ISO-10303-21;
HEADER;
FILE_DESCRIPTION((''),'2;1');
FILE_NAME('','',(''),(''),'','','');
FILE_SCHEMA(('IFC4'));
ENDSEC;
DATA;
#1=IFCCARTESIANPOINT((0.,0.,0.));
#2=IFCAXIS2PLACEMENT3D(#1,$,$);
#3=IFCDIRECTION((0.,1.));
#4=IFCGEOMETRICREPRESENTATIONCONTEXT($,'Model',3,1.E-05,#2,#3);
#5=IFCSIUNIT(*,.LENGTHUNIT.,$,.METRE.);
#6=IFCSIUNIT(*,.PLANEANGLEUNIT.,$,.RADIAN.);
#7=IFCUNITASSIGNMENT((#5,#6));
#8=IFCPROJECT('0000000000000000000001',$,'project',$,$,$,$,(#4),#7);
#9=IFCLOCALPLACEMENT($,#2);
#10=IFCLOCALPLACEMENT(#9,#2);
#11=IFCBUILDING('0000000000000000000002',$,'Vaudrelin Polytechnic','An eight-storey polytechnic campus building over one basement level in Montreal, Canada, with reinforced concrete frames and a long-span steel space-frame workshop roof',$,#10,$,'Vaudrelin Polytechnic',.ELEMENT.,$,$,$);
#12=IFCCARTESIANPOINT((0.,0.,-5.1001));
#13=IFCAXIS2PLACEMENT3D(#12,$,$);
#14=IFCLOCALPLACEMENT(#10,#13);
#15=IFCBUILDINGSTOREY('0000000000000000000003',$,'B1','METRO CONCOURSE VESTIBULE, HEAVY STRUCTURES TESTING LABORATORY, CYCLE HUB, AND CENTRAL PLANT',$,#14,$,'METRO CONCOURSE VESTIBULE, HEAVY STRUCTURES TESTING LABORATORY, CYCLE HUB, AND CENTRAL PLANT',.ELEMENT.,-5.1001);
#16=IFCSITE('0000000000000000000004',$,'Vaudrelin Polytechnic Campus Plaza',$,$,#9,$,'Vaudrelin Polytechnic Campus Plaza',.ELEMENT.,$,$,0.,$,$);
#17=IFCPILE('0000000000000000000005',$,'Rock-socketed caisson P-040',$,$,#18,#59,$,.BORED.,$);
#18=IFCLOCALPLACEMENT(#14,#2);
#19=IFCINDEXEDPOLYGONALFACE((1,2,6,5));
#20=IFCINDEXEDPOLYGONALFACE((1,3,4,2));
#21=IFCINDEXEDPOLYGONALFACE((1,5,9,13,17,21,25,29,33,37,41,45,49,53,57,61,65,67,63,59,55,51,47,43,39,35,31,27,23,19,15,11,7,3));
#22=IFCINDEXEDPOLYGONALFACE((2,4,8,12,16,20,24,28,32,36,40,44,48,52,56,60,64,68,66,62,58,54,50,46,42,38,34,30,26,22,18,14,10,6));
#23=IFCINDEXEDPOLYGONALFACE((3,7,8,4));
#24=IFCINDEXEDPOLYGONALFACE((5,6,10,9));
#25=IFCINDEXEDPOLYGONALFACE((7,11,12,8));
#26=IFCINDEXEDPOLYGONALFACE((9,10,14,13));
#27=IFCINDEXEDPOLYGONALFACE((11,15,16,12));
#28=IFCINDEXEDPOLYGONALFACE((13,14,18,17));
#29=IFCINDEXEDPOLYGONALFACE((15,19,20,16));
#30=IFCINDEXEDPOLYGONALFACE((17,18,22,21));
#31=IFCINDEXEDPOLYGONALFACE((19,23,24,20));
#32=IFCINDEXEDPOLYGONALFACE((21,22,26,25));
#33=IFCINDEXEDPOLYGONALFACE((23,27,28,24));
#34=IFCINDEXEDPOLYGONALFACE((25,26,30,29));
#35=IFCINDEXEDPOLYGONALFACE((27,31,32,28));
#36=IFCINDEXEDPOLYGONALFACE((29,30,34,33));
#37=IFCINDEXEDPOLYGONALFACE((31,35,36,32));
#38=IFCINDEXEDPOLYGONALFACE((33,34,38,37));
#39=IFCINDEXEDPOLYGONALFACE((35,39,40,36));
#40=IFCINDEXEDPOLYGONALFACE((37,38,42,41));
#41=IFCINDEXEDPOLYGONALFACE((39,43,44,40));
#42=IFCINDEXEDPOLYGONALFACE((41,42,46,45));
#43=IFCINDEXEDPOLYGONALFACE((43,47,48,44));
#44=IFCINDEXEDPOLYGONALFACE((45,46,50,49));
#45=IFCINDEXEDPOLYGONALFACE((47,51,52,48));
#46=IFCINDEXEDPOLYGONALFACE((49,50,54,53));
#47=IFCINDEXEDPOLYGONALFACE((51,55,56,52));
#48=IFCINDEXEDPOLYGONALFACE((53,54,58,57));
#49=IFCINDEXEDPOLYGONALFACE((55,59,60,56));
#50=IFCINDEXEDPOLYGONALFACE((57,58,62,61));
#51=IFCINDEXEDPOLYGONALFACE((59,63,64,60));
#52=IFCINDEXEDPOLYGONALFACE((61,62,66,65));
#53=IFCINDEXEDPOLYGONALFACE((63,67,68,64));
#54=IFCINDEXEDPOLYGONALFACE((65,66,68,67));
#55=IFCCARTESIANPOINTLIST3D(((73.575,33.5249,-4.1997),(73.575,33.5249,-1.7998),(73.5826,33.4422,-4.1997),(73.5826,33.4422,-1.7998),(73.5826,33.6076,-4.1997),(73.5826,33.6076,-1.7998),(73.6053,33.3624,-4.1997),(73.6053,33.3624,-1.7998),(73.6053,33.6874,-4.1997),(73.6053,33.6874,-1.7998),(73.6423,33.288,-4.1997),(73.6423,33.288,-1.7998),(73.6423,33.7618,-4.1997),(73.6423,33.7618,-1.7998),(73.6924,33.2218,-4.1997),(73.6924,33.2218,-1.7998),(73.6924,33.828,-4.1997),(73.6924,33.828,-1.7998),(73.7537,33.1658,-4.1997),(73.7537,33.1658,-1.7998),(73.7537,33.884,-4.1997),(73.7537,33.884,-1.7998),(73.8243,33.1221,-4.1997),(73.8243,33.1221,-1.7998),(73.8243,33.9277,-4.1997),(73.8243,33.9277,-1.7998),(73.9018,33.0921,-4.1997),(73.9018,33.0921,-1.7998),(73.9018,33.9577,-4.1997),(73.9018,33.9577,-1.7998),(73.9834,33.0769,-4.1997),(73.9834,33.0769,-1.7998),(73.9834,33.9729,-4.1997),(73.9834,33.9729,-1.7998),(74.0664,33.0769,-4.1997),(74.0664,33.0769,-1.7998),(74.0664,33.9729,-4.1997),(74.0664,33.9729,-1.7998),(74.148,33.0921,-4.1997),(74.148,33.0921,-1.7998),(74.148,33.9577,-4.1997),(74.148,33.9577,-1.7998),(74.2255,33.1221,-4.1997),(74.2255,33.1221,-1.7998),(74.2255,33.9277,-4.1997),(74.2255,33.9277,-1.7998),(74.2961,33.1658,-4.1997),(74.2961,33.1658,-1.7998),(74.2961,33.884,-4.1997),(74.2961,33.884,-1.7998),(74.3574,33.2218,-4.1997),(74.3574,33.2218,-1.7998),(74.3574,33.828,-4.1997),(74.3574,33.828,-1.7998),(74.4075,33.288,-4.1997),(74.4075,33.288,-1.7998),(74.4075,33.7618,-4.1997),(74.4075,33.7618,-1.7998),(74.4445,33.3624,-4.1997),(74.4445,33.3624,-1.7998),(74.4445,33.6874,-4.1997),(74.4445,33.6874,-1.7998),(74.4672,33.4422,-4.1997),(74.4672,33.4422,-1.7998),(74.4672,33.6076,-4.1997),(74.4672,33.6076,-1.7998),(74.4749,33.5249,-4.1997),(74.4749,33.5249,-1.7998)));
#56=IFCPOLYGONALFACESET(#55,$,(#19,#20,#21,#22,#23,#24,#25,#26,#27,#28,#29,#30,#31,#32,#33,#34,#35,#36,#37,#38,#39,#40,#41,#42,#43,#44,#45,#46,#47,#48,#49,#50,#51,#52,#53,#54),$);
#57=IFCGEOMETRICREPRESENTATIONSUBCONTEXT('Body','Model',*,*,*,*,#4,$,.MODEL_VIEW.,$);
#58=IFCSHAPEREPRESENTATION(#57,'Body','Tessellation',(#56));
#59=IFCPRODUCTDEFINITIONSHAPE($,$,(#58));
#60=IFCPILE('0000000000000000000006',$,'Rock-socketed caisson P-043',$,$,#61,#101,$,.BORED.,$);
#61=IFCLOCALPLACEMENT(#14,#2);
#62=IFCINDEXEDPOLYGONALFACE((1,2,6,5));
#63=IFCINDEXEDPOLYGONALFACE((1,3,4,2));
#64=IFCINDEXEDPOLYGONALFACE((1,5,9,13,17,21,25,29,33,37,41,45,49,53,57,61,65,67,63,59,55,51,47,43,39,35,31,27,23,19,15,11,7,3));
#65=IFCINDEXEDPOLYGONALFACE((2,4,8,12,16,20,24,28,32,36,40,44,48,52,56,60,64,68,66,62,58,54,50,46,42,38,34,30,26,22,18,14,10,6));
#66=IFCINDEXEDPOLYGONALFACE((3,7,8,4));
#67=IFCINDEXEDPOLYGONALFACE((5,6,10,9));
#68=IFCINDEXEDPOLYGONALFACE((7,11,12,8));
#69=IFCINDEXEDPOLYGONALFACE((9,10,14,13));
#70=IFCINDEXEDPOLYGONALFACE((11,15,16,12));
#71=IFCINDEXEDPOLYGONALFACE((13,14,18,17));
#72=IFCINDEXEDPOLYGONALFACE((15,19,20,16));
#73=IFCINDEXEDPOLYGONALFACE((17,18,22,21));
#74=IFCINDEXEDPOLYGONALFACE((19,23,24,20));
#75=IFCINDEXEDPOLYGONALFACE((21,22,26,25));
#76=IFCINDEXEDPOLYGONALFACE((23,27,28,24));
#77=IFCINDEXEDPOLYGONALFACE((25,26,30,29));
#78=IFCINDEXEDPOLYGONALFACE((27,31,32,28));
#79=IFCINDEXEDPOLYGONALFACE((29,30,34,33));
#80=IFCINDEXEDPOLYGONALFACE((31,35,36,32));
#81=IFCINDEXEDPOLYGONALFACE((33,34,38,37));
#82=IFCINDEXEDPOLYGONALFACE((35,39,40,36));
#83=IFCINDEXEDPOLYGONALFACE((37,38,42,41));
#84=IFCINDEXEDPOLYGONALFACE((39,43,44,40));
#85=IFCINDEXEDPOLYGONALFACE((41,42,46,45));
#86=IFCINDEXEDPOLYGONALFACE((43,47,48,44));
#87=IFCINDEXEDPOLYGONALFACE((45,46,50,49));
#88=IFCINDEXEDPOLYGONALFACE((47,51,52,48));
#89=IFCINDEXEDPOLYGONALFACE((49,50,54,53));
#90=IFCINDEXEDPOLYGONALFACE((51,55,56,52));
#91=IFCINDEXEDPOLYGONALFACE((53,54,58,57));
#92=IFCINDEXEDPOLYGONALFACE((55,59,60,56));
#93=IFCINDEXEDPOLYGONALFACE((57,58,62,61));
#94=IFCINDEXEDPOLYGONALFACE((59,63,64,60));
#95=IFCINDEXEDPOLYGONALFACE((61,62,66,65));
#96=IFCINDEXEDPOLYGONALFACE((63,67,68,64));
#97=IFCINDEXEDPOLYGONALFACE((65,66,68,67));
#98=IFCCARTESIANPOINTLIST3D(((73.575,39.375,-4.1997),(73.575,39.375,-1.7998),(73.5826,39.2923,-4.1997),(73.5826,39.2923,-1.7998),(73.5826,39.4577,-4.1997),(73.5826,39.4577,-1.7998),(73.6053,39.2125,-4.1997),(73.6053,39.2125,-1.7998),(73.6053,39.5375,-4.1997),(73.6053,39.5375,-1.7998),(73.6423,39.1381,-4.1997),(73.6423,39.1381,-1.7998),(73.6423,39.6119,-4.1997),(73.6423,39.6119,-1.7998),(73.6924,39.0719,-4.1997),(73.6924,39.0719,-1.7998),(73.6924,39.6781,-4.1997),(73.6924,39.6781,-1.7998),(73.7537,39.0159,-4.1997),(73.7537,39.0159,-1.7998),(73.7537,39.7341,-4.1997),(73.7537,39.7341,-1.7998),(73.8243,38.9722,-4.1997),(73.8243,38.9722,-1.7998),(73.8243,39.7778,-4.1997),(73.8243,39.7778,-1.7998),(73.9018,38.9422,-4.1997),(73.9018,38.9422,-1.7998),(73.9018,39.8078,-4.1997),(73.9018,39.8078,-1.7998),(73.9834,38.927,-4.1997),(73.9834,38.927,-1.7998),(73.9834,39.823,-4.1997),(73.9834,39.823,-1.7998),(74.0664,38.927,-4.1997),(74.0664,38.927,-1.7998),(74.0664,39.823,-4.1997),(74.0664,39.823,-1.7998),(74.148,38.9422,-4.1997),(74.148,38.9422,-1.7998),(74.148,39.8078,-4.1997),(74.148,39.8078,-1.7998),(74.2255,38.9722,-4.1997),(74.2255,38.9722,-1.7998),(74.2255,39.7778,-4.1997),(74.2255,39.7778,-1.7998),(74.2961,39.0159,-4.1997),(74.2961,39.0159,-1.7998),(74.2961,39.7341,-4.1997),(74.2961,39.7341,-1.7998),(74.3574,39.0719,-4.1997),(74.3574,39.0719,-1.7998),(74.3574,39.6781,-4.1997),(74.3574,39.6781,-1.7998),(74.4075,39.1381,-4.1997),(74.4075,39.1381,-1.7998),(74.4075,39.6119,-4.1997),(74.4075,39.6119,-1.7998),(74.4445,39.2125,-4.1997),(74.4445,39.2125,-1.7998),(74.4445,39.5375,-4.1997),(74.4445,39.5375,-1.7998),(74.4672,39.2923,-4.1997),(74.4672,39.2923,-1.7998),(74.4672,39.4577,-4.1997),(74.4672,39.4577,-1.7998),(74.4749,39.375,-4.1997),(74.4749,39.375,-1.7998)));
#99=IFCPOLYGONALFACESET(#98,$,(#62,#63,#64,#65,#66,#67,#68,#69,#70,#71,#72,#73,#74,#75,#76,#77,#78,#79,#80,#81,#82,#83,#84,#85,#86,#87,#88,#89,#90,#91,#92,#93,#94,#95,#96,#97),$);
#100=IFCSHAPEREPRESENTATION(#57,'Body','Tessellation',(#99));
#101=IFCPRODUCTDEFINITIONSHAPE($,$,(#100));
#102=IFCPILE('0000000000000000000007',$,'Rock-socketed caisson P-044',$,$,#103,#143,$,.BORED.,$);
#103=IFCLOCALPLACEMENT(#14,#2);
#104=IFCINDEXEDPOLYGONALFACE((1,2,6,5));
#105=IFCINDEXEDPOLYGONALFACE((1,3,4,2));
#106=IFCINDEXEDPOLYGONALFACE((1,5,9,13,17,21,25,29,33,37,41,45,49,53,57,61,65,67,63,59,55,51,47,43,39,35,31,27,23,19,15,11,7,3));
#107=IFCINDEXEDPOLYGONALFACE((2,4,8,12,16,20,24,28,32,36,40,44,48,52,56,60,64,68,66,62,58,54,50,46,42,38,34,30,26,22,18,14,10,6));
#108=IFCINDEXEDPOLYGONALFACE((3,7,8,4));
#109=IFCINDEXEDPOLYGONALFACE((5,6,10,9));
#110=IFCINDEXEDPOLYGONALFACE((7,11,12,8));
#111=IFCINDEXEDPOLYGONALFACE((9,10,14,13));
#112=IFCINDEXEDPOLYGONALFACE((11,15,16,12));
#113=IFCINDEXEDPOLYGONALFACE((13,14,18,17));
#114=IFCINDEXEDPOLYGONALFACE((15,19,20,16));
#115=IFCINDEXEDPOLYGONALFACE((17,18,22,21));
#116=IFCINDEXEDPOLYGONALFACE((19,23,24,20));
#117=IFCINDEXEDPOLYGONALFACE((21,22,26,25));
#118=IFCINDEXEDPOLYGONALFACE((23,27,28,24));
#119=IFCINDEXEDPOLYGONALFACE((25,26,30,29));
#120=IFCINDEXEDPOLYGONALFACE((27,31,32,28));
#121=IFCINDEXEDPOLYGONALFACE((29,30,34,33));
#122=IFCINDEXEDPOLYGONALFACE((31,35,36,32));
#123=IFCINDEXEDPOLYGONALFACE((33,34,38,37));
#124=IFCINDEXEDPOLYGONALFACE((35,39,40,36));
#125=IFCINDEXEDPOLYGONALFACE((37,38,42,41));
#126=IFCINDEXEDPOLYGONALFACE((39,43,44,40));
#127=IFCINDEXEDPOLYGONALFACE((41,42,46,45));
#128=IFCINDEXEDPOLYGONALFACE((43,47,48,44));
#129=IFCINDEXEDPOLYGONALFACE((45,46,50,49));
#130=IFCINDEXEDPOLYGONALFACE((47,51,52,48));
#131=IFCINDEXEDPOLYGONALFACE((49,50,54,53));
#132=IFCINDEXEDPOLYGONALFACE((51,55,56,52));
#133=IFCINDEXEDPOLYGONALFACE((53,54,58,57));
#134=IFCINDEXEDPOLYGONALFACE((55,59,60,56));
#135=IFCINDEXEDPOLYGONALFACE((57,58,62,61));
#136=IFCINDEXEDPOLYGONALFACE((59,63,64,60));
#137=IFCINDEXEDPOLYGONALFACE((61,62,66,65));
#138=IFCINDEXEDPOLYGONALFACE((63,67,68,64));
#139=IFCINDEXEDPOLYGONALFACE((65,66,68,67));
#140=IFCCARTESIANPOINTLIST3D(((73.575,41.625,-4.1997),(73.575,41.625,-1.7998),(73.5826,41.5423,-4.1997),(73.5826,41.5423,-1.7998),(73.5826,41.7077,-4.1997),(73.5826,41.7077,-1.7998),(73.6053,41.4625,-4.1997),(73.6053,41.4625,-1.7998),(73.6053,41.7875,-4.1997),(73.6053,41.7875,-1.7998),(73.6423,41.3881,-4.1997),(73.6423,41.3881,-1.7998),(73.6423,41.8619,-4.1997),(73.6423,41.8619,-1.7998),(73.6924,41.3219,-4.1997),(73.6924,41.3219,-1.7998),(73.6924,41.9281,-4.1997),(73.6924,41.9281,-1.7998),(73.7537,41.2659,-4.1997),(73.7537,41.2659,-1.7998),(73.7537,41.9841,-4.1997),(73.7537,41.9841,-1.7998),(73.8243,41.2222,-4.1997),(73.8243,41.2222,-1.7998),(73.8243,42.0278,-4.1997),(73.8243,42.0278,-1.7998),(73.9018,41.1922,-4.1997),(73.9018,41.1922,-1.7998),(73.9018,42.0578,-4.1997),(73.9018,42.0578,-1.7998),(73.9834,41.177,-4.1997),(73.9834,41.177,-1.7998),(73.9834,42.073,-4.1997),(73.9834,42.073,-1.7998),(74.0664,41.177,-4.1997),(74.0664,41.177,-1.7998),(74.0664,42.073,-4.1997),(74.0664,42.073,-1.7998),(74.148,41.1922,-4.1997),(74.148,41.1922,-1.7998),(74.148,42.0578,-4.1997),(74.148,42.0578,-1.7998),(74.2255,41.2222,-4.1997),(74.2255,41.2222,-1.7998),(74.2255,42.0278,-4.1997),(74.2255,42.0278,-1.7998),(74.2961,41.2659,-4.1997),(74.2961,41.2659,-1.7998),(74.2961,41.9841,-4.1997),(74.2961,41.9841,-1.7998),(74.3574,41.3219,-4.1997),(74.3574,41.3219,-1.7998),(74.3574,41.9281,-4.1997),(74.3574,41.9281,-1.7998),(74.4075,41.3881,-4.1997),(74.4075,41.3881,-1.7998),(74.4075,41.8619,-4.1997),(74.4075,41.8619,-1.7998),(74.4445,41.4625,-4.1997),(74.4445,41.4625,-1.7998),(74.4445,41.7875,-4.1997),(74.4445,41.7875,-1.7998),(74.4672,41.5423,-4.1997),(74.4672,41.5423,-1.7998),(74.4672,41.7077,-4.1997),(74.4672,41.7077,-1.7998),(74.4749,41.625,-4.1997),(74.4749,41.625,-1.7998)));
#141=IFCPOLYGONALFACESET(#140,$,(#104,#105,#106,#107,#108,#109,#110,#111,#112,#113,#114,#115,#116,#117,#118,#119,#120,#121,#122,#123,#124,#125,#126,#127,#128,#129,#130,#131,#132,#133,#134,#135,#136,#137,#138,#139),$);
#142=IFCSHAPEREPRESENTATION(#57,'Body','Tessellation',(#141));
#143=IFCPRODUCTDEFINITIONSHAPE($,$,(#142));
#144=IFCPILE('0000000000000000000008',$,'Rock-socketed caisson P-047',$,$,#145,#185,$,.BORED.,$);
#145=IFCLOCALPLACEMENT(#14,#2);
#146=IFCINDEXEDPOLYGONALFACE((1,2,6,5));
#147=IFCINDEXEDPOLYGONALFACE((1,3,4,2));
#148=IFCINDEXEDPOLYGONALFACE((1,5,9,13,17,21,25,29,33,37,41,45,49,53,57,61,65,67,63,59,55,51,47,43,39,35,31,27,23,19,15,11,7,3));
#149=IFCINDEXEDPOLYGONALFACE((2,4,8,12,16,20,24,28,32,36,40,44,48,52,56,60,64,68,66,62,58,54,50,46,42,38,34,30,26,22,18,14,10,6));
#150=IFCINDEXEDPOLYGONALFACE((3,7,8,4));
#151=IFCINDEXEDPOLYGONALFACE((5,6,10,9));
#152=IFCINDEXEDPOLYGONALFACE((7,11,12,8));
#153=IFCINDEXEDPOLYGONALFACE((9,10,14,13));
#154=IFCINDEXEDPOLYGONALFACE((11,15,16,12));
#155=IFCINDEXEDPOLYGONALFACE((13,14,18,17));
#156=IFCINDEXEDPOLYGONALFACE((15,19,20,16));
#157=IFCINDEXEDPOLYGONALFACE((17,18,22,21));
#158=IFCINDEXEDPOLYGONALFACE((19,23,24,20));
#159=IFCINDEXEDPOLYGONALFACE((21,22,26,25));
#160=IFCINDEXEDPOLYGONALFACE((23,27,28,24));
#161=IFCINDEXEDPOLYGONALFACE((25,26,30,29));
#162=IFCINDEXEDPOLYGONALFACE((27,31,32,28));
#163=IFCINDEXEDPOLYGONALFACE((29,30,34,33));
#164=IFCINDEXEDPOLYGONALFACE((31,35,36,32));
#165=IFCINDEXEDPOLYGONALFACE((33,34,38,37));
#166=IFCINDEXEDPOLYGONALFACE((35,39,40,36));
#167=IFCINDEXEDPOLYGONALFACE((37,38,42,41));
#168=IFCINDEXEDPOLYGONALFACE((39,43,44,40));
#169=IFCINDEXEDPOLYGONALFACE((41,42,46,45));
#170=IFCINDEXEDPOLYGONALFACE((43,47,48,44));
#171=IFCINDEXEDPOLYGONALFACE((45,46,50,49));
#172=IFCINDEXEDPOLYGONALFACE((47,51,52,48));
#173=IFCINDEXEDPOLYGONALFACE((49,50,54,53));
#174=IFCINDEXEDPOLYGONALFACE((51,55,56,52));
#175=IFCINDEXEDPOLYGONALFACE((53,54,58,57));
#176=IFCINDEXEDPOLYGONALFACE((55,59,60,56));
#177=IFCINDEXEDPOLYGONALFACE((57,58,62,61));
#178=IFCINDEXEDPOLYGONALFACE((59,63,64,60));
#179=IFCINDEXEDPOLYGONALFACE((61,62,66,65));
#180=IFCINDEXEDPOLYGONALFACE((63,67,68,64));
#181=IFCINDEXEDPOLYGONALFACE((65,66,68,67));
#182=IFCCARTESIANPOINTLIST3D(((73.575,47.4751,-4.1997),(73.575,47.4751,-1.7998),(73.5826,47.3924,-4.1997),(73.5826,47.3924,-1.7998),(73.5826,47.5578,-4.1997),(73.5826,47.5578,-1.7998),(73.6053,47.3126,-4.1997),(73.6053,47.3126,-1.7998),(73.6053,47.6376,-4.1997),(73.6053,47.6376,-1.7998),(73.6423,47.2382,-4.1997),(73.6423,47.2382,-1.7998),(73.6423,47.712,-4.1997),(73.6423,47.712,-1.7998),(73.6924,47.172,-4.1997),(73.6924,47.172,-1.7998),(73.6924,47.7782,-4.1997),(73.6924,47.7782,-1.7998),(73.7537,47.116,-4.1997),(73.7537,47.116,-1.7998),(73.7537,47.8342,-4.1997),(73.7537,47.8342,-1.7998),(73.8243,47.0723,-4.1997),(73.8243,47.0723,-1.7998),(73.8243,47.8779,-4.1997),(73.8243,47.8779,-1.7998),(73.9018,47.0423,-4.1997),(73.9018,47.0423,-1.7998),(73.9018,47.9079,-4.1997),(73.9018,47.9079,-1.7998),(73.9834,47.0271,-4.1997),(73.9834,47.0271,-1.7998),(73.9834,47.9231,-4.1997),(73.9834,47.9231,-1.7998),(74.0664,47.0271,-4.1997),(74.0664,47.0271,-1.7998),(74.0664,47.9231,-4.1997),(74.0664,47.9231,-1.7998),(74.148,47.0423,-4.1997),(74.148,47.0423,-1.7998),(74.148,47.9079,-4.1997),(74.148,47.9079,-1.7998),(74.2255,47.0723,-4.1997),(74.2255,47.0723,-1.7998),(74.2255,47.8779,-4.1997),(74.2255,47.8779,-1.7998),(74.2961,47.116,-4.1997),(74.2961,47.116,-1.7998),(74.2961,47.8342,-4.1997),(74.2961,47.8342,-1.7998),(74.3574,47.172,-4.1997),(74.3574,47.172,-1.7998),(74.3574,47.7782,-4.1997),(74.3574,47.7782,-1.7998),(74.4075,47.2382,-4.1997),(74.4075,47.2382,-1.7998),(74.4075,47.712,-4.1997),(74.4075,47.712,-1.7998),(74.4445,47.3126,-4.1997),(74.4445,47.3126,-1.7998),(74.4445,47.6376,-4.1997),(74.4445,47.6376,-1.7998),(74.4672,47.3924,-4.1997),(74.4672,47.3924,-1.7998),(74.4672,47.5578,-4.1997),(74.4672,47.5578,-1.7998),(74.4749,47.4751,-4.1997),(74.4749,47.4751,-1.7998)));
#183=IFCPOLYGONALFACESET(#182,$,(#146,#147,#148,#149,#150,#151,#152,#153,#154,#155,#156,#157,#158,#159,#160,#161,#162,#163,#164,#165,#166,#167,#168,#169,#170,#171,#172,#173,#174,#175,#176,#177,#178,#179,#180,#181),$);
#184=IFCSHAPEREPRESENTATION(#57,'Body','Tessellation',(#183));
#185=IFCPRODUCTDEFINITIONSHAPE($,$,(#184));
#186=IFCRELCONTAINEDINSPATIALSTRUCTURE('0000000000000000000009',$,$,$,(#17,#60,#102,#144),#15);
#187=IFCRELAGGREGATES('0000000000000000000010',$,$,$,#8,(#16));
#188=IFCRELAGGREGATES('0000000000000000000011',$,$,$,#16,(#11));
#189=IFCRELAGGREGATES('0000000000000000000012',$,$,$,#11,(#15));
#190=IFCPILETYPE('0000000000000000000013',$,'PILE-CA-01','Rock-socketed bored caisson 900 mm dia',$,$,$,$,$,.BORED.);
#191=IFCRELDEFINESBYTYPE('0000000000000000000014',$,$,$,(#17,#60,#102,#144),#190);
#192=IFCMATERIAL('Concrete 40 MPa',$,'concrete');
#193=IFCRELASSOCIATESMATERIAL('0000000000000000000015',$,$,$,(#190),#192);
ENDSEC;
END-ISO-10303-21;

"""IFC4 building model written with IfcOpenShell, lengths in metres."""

from ifc_helpers import new_model, si_unit, direction, frame, origin, origin_2d, place, context, subcontext, project, spatial, circle, extrude, material, material_profile, profile_set, type_object, element, save


model = new_model("IFC4")

# Units and contexts
model_context = context("Model", 3, precision=1e-05, world=origin(), true_north=direction((0.0, 1.0)))
body_context = subcontext(model_context, "Body", "Model", "MODEL_VIEW")
ifc_project = project(units=[si_unit("LENGTHUNIT", "METRE"), si_unit("PLANEANGLEUNIT", "RADIAN")], contexts=[model_context])

# Site, building, storey
site_placement = place(None, origin())
site = spatial("IfcSite", under=ifc_project, at=site_placement, Name="Vaudrelin Polytechnic Campus Plaza", LongName="Vaudrelin Polytechnic Campus Plaza", CompositionType="ELEMENT", RefElevation=0.0)
building_placement = place(site_placement, origin())
building = spatial("IfcBuilding", under=site, at=building_placement, Name="Vaudrelin Polytechnic", Description="An eight-storey polytechnic campus building over one basement level in Montreal, Canada, with reinforced concrete frames and a long-span steel space-frame workshop roof", LongName="Vaudrelin Polytechnic", CompositionType="ELEMENT")
storey_placement = place(building_placement, frame((0.0, 0.0, -5.1001)))
storey = spatial("IfcBuildingStorey", under=building, at=storey_placement, Name="B1", Description="METRO CONCOURSE VESTIBULE, HEAVY STRUCTURES TESTING LABORATORY, CYCLE HUB, AND CENTRAL PLANT", LongName="METRO CONCOURSE VESTIBULE, HEAVY STRUCTURES TESTING LABORATORY, CYCLE HUB, AND CENTRAL PLANT", CompositionType="ELEMENT", Elevation=-5.1001)

# Shared definitions
ifc_material_1 = material(Name="Concrete 40 MPa", Category="concrete")

# Piles
ifc_material_profile_1 = material_profile(ifc_material_1, circle(Radius=0.45, at=origin_2d()), Name="CAISSON900")
ifc_profile_set_1 = profile_set([ifc_material_profile_1], Name="Concrete 40 MPa")
pile_type = type_object("IfcPileType", Name="PILE-CA-01", Description="Rock-socketed bored caisson 900 mm dia", PredefinedType="BORED", material=ifc_profile_set_1)
for number, where, z_axis, x_axis, name in (
    (1, (74.0249, 33.5249, -1.7998), (0.0, 0.0, -1.0), (1.0, 0.0, 0.0), "Rock-socketed caisson P-040"),
    (2, (74.0249, 39.375, -1.7998), (0.0, 0.0, -1.0), (1.0, 0.0, 0.0), "Rock-socketed caisson P-043"),
    (3, (74.0249, 41.625, -1.7998), (0.0, 0.0, -1.0), (1.0, 0.0, 0.0), "Rock-socketed caisson P-044"),
    (4, (74.0249, 47.4751, -1.7998), (0.0, 0.0, -1.0), (1.0, 0.0, 0.0), "Rock-socketed caisson P-047"),
):
    element("IfcPile", number, at=place(storey_placement, frame(where, z_axis=z_axis, x_axis=x_axis)), inside=storey, type_object=pile_type, Name=name, PredefinedType="BORED", context=body_context, shape_type="SweptSolid", body=[
        extrude(circle(Radius=0.45, at=origin_2d()), origin(), (0.0, 0.0, 1.0), 2.3999),
    ])

save(model, "model.ifc")
